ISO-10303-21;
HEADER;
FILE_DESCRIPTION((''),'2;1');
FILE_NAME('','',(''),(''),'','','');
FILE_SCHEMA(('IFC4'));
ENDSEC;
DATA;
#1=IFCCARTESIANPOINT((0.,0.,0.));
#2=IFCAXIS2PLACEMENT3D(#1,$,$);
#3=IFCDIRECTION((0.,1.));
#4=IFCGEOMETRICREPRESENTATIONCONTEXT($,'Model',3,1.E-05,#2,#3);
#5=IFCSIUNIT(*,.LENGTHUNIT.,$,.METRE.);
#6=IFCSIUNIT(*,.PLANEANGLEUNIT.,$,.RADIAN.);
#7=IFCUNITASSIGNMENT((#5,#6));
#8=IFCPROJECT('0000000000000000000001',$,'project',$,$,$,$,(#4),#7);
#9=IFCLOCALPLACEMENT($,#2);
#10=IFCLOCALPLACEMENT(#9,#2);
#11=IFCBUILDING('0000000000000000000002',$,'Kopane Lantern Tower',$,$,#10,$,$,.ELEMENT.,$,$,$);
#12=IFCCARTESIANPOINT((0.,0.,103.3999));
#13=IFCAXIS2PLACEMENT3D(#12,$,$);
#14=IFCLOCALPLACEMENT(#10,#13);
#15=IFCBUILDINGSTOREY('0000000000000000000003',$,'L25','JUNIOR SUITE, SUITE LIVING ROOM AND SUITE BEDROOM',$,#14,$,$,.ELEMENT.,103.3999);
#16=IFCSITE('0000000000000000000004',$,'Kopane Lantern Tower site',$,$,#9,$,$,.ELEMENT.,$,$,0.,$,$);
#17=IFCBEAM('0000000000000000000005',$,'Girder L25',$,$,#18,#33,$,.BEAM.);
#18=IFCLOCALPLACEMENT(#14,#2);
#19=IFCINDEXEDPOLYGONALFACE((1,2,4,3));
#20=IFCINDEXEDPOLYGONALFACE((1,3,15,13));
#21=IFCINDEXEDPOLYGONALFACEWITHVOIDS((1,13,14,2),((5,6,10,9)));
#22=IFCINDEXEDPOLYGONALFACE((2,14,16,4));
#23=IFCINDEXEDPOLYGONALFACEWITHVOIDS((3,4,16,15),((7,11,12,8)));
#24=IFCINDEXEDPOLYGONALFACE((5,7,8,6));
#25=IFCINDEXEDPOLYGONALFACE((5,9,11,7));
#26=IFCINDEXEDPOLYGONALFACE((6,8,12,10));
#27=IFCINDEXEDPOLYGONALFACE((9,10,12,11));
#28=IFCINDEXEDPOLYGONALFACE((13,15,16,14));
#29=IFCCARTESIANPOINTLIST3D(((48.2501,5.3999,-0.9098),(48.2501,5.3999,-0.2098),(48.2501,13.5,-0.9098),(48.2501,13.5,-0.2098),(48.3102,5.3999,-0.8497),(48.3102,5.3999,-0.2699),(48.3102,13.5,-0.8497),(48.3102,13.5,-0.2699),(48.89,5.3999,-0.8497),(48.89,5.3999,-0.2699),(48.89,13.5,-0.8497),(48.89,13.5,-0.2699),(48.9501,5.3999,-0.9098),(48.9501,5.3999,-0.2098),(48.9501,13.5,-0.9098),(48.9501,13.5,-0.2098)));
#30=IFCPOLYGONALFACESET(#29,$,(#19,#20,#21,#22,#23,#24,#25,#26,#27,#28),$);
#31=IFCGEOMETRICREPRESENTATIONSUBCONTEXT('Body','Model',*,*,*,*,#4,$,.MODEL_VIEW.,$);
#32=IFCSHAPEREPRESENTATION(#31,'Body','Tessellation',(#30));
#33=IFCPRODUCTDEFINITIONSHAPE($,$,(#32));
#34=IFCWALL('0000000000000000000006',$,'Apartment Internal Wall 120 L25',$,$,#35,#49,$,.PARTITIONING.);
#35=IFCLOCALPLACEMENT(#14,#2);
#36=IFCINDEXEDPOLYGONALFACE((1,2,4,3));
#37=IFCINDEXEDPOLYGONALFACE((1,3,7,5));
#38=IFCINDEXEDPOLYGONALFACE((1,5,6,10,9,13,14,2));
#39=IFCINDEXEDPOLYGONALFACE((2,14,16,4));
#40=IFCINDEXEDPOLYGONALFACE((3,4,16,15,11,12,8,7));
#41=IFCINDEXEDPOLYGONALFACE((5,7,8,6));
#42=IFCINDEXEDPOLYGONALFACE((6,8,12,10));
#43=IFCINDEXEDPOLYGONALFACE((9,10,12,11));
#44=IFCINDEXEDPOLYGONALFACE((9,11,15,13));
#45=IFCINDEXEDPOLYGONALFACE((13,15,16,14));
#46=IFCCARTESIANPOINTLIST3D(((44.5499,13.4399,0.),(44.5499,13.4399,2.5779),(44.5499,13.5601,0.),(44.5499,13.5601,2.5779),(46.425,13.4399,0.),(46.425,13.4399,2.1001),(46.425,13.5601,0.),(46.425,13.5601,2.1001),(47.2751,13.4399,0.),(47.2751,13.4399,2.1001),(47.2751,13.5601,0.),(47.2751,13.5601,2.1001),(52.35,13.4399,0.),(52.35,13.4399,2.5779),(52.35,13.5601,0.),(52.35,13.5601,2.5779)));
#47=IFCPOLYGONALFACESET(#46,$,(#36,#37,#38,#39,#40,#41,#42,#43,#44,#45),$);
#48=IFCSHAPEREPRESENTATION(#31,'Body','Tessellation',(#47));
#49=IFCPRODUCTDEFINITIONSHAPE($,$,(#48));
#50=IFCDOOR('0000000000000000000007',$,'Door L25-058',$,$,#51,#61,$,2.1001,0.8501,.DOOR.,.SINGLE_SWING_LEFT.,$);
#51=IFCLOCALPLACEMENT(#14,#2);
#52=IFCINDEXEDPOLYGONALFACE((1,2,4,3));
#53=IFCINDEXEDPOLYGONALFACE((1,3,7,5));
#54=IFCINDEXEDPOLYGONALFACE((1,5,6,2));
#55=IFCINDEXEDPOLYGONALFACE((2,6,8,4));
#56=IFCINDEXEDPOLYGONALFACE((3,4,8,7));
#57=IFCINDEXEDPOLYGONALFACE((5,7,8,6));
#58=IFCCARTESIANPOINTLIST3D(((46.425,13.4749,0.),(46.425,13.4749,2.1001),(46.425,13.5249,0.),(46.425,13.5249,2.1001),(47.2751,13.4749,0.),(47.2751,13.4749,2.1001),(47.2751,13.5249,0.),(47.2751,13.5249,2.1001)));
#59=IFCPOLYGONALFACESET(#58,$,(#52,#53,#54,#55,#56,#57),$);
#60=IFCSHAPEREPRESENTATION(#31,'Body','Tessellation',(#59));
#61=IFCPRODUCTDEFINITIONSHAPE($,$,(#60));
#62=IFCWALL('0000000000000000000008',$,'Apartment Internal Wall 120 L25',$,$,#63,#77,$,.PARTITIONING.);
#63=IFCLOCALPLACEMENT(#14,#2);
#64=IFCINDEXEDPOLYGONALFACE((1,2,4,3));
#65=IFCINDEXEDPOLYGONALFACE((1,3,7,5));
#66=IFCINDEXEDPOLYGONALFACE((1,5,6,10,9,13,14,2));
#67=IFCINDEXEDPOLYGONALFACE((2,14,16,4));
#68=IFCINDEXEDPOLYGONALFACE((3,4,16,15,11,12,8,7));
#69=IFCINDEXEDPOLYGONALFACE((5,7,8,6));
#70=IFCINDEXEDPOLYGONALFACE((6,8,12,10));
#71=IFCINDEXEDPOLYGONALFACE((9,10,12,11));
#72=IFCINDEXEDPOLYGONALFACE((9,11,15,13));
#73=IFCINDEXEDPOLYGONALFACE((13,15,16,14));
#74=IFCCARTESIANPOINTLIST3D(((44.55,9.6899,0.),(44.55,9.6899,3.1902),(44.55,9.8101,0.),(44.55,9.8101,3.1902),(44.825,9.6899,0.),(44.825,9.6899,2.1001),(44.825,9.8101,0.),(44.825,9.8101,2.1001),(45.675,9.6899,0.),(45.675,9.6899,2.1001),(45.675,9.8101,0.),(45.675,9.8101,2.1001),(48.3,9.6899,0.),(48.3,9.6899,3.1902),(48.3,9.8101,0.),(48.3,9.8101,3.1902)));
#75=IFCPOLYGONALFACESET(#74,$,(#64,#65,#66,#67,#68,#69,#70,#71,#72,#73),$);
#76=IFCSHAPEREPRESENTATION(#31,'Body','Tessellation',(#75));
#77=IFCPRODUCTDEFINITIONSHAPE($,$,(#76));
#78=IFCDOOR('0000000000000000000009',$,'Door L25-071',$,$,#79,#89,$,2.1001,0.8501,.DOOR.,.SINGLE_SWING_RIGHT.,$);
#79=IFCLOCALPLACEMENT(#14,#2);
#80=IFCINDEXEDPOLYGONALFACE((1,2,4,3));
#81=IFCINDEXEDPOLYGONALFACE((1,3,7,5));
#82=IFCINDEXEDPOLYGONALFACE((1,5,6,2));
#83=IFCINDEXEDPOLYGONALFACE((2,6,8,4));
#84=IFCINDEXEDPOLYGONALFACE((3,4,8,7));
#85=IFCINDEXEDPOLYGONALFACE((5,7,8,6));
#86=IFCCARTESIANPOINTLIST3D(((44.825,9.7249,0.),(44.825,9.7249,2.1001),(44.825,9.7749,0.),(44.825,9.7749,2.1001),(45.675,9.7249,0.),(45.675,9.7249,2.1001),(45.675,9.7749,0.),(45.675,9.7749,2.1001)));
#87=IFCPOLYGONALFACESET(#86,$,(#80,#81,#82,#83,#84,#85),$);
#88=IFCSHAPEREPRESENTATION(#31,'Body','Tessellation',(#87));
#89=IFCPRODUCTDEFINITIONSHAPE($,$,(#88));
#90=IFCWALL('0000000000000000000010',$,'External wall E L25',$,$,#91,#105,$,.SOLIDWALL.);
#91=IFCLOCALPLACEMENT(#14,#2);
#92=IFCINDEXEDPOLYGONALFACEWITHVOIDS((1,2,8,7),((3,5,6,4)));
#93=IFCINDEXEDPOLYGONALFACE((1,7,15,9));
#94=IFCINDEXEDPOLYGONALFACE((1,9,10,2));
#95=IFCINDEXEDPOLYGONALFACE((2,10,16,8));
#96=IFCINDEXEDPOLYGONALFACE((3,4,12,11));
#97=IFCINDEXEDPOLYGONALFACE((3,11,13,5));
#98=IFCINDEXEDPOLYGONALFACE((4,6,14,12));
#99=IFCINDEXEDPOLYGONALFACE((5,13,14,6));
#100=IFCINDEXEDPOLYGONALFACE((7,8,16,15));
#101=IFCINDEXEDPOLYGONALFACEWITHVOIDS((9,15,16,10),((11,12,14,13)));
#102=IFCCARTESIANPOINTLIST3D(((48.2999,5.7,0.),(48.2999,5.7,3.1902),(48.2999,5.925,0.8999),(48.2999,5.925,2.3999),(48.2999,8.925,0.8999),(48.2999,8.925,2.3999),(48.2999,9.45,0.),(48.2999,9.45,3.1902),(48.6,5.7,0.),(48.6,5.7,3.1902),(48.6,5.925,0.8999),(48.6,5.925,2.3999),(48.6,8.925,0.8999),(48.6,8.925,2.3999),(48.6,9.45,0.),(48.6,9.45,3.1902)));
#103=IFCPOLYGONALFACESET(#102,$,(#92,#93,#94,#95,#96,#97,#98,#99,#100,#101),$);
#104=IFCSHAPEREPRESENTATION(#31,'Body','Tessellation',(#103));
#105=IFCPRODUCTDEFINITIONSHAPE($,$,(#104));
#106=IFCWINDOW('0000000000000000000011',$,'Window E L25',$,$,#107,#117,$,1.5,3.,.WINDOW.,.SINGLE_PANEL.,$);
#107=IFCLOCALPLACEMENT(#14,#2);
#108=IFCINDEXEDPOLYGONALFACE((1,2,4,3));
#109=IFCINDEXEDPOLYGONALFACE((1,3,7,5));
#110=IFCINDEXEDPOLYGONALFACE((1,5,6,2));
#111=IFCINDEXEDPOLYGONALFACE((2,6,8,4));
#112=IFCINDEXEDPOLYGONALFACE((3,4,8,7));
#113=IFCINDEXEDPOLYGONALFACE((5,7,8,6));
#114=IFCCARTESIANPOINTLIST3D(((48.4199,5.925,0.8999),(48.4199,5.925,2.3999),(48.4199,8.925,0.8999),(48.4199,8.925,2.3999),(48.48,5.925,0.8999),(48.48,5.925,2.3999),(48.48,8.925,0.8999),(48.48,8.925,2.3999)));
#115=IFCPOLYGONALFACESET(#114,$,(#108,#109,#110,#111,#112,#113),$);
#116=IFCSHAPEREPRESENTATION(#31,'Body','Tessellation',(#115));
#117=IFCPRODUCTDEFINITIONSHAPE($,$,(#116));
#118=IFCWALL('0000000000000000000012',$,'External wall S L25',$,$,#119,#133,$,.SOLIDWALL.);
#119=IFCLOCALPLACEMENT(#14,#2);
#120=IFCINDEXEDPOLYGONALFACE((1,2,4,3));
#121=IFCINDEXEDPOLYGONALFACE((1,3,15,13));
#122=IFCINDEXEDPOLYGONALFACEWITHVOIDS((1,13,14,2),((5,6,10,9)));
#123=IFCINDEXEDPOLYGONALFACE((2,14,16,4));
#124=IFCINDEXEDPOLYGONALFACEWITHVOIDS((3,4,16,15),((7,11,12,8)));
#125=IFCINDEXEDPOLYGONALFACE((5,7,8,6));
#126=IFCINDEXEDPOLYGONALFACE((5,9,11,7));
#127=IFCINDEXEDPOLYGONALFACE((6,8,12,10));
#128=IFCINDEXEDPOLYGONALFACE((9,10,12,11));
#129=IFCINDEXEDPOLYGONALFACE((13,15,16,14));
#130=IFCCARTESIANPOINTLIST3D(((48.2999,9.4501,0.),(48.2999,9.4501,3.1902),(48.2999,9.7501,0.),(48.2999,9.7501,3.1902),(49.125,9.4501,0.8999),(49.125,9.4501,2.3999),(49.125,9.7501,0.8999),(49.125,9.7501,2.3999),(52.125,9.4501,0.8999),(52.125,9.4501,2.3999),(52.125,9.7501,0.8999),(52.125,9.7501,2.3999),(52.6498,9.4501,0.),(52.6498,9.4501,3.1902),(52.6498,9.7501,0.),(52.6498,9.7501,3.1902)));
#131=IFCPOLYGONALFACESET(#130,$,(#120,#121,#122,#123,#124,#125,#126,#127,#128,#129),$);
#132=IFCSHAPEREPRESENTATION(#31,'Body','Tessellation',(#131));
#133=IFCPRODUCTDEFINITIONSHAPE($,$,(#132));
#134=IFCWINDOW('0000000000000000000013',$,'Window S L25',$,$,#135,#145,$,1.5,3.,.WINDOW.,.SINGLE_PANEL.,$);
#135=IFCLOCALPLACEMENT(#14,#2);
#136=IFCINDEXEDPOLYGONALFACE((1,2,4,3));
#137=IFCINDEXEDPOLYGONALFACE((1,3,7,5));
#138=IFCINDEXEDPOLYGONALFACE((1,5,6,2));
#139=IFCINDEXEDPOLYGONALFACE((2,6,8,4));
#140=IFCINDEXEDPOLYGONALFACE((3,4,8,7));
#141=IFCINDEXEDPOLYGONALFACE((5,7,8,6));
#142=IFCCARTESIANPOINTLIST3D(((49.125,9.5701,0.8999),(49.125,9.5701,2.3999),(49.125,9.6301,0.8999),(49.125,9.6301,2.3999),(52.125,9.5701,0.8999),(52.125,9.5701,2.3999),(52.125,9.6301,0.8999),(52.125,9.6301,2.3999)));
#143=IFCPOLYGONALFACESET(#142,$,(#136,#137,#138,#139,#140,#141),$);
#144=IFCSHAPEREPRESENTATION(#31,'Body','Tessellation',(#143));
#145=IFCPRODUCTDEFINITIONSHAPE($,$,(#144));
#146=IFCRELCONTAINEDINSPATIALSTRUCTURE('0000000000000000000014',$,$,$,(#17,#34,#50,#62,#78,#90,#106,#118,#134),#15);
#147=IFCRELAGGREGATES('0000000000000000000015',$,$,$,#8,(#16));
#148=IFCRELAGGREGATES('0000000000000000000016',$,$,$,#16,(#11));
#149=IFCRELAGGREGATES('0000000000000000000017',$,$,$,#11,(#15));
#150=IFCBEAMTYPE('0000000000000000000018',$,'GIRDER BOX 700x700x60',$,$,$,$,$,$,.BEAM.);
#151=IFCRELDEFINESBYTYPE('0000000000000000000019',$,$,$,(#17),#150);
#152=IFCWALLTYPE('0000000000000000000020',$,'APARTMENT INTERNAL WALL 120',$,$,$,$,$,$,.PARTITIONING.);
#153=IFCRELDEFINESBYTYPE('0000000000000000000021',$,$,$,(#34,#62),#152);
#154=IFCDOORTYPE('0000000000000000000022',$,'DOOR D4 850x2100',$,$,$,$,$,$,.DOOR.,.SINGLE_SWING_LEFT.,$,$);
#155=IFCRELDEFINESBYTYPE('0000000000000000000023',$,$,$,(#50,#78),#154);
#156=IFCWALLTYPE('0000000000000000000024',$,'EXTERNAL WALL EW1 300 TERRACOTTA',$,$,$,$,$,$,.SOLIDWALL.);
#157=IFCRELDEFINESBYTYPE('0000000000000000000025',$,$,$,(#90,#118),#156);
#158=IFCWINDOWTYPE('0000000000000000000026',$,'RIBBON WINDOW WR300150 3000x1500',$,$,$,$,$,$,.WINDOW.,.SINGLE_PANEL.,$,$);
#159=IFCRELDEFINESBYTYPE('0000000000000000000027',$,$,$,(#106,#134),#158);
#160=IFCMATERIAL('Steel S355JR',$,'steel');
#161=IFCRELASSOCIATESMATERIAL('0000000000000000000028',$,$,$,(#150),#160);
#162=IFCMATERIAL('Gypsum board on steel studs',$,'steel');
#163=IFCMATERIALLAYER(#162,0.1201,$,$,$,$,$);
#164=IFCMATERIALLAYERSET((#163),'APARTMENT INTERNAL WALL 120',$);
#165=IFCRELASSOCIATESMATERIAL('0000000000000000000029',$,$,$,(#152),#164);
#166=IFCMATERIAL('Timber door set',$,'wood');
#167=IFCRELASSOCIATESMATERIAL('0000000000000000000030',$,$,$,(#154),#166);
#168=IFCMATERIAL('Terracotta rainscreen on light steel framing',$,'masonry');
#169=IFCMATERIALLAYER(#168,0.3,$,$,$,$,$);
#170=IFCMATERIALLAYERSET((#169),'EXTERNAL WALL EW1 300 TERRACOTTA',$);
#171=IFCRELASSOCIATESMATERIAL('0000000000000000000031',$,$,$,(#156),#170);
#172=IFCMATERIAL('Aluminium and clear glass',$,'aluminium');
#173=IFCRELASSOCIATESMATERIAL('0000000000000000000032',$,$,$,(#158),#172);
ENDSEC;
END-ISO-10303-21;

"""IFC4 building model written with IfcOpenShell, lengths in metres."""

from ifc_helpers import new_model, si_unit, direction, frame, frame_2d, origin, origin_2d, place, context, subcontext, project, spatial, rectangle, hollow_rectangle, extrude, material, layer, layer_set, material_profile, profile_set, type_object, element, fill, save


model = new_model("IFC4")

# Units and contexts
model_context = context("Model", 3, precision=1e-05, world=origin(), true_north=direction((0.0, 1.0)))
body_context = subcontext(model_context, "Body", "Model", "MODEL_VIEW")
ifc_project = project(units=[si_unit("LENGTHUNIT", "METRE"), si_unit("PLANEANGLEUNIT", "RADIAN")], contexts=[model_context])

# Site, building, storey
site_placement = place(None, origin())
site = spatial("IfcSite", under=ifc_project, at=site_placement, Name="Kopane Lantern Tower site", CompositionType="ELEMENT", RefElevation=0.0)
building_placement = place(site_placement, origin())
building = spatial("IfcBuilding", under=site, at=building_placement, Name="Kopane Lantern Tower", CompositionType="ELEMENT")
storey_placement = place(building_placement, frame((0.0, 0.0, 103.3999)))
storey = spatial("IfcBuildingStorey", under=building, at=storey_placement, Name="L25", Description="JUNIOR SUITE, SUITE LIVING ROOM AND SUITE BEDROOM", CompositionType="ELEMENT", Elevation=103.3999)

# Beam
ifc_material_1 = material(Name="Steel S355JR", Category="steel")
ifc_material_profile_1 = material_profile(ifc_material_1, hollow_rectangle(XDim=0.7, YDim=0.7, WallThickness=0.0601, at=origin_2d()), Name="BOX 700x700x60")
ifc_profile_set_1 = profile_set([ifc_material_profile_1], Name="Steel S355JR")
beam_type_1 = type_object("IfcBeamType", Name="GIRDER BOX 700x700x60", PredefinedType="BEAM", material=ifc_profile_set_1)
beam_1_placement = place(storey_placement, frame((48.6001, 5.3999, -0.5598), z_axis=(0.0, 1.0, 0.0), x_axis=(-1.0, 0.0, 0.0)))
element("IfcBeam", 1, at=beam_1_placement, inside=storey, type_object=beam_type_1, Name="Girder L25", PredefinedType="BEAM", context=body_context, shape_type="SweptSolid", body=[
    extrude(hollow_rectangle(XDim=0.7, YDim=0.7, WallThickness=0.0601, at=origin_2d()), origin(), (0.0, 0.0, 1.0), 8.1001),
])

# Walls, openings, doors
ifc_material_2 = material(Name="Gypsum board on steel studs", Category="steel")
ifc_layer_1 = layer(ifc_material_2, 0.1201)
ifc_layer_set_1 = layer_set([ifc_layer_1], Name="APARTMENT INTERNAL WALL 120")
wall_type_1 = type_object("IfcWallType", Name="APARTMENT INTERNAL WALL 120", PredefinedType="PARTITIONING", material=ifc_layer_set_1)
wall_1_placement = place(storey_placement, frame((44.55, 13.5, 0.0), z_axis=(0.0, 0.0, 1.0), x_axis=(1.0, 0.0, 0.0)))
wall_1 = element("IfcWall", 2, at=wall_1_placement, inside=storey, type_object=wall_type_1, Name="Apartment Internal Wall 120 L25", PredefinedType="PARTITIONING", context=body_context, shape_type="SweptSolid", body=[
    extrude(rectangle(XDim=7.8, YDim=0.1201, at=frame_2d((3.8999, 0.0))), origin(), (0.0, 0.0, 1.0), 2.5779),
])
opening_1_placement = place(wall_1_placement, frame((1.875, 0.0, 0.0)))
opening_1 = element("IfcOpeningElement", 3, at=opening_1_placement, cuts=wall_1, PredefinedType="OPENING", context=body_context, shape_type="SweptSolid", body=[
    extrude(rectangle(XDim=0.8501, YDim=2.1001, at=frame_2d((0.425, 1.05))), frame((0.0, 0.0701, 0.0), z_axis=(0.0, -1.0, 0.0), x_axis=(1.0, 0.0, 0.0)), (0.0, 0.0, 1.0), 0.1401),
])
ifc_material_3 = material(Name="Timber door set", Category="wood")
door_type = type_object("IfcDoorType", Name="DOOR D4 850x2100", OperationType="SINGLE_SWING_LEFT", PredefinedType="DOOR", material=ifc_material_3)
door_1_placement = place(opening_1_placement, origin())
door_1 = element("IfcDoor", 4, at=door_1_placement, inside=storey, type_object=door_type, Name="Door L25-058", OperationType="SINGLE_SWING_LEFT", OverallHeight=2.1001, OverallWidth=0.8501, PredefinedType="DOOR", context=body_context, shape_type="SweptSolid", body=[
    extrude(rectangle(XDim=0.8501, YDim=2.1001, at=frame_2d((0.425, 1.05))), frame((0.0, 0.0249, 0.0), z_axis=(0.0, -1.0, 0.0), x_axis=(1.0, 0.0, 0.0)), (0.0, 0.0, 1.0), 0.05),
])
fill(opening_1, door_1)
wall_2_placement = place(storey_placement, frame((44.55, 9.75, 0.0), z_axis=(0.0, 0.0, 1.0), x_axis=(1.0, 0.0, 0.0)))
wall_2 = element("IfcWall", 5, at=wall_2_placement, inside=storey, type_object=wall_type_1, Name="Apartment Internal Wall 120 L25", PredefinedType="PARTITIONING", context=body_context, shape_type="SweptSolid", body=[
    extrude(rectangle(XDim=3.75, YDim=0.1201, at=frame_2d((1.875, 0.0))), origin(), (0.0, 0.0, 1.0), 3.1902),
])
opening_2_placement = place(wall_2_placement, frame((0.2749, 0.0, 0.0)))
opening_2 = element("IfcOpeningElement", 6, at=opening_2_placement, cuts=wall_2, PredefinedType="OPENING", context=body_context, shape_type="SweptSolid", body=[
    extrude(rectangle(XDim=0.8501, YDim=2.1001, at=frame_2d((0.425, 1.05))), frame((0.0, 0.0701, 0.0), z_axis=(0.0, -1.0, 0.0), x_axis=(1.0, 0.0, 0.0)), (0.0, 0.0, 1.0), 0.1401),
])
door_2_placement = place(opening_2_placement, origin())
door_2 = element("IfcDoor", 7, at=door_2_placement, inside=storey, type_object=door_type, Name="Door L25-071", OperationType="SINGLE_SWING_RIGHT", OverallHeight=2.1001, OverallWidth=0.8501, PredefinedType="DOOR", context=body_context, shape_type="SweptSolid", body=[
    extrude(rectangle(XDim=0.8501, YDim=2.1001, at=frame_2d((0.425, 1.05))), frame((0.0, 0.0249, 0.0), z_axis=(0.0, -1.0, 0.0), x_axis=(1.0, 0.0, 0.0)), (0.0, 0.0, 1.0), 0.05),
])
fill(opening_2, door_2)

# Walls, openings, windows
ifc_material_4 = material(Name="Terracotta rainscreen on light steel framing", Category="masonry")
ifc_layer_2 = layer(ifc_material_4, 0.3)
ifc_layer_set_2 = layer_set([ifc_layer_2], Name="EXTERNAL WALL EW1 300 TERRACOTTA")
wall_type_2 = type_object("IfcWallType", Name="EXTERNAL WALL EW1 300 TERRACOTTA", PredefinedType="SOLIDWALL", material=ifc_layer_set_2)
wall_3_placement = place(storey_placement, frame((48.45, 5.7, 0.0), z_axis=(0.0, 0.0, 1.0), x_axis=(0.0, 1.0, 0.0)))
wall_3 = element("IfcWall", 8, at=wall_3_placement, inside=storey, type_object=wall_type_2, Name="External wall E L25", PredefinedType="SOLIDWALL", context=body_context, shape_type="SweptSolid", body=[
    extrude(rectangle(XDim=3.75, YDim=0.3, at=frame_2d((1.875, 0.0))), origin(), (0.0, 0.0, 1.0), 3.1902),
])
opening_3_placement = place(wall_3_placement, frame((0.2251, 0.0, 0.8999)))
opening_3 = element("IfcOpeningElement", 9, at=opening_3_placement, cuts=wall_3, PredefinedType="OPENING", context=body_context, shape_type="SweptSolid", body=[
    extrude(rectangle(XDim=3.0, YDim=1.5, at=frame_2d((1.5, 0.75))), frame((0.0, 0.1599, 0.0), z_axis=(0.0, -1.0, 0.0), x_axis=(1.0, 0.0, 0.0)), (0.0, 0.0, 1.0), 0.3201),
])
ifc_material_5 = material(Name="Aluminium and clear glass", Category="aluminium")
window_type = type_object("IfcWindowType", Name="RIBBON WINDOW WR300150 3000x1500", PartitioningType="SINGLE_PANEL", PredefinedType="WINDOW", material=ifc_material_5)
window_1_placement = place(opening_3_placement, origin())
window_1 = element("IfcWindow", 10, at=window_1_placement, inside=storey, type_object=window_type, Name="Window E L25", OverallHeight=1.5, OverallWidth=3.0, PartitioningType="SINGLE_PANEL", PredefinedType="WINDOW", context=body_context, shape_type="SweptSolid", body=[
    extrude(rectangle(XDim=3.0, YDim=1.5, at=frame_2d((1.5, 0.75))), frame((0.0, 0.03, 0.0), z_axis=(0.0, -1.0, 0.0), x_axis=(1.0, 0.0, 0.0)), (0.0, 0.0, 1.0), 0.0601),
])
fill(opening_3, window_1)
wall_4_placement = place(storey_placement, frame((48.3, 9.6001, 0.0), z_axis=(0.0, 0.0, 1.0), x_axis=(1.0, 0.0, 0.0)))
wall_4 = element("IfcWall", 11, at=wall_4_placement, inside=storey, type_object=wall_type_2, Name="External wall S L25", PredefinedType="SOLIDWALL", context=body_context, shape_type="SweptSolid", body=[
    extrude(rectangle(XDim=4.3499, YDim=0.3, at=frame_2d((2.1748, 0.0))), origin(), (0.0, 0.0, 1.0), 3.1902),
])
opening_4_placement = place(wall_4_placement, frame((0.825, 0.0, 0.8999)))
opening_4 = element("IfcOpeningElement", 12, at=opening_4_placement, cuts=wall_4, PredefinedType="OPENING", context=body_context, shape_type="SweptSolid", body=[
    extrude(rectangle(XDim=3.0, YDim=1.5, at=frame_2d((1.5, 0.75))), frame((0.0, 0.1599, 0.0), z_axis=(0.0, -1.0, 0.0), x_axis=(1.0, 0.0, 0.0)), (0.0, 0.0, 1.0), 0.3201),
])
window_2_placement = place(opening_4_placement, origin())
window_2 = element("IfcWindow", 13, at=window_2_placement, inside=storey, type_object=window_type, Name="Window S L25", OverallHeight=1.5, OverallWidth=3.0, PartitioningType="SINGLE_PANEL", PredefinedType="WINDOW", context=body_context, shape_type="SweptSolid", body=[
    extrude(rectangle(XDim=3.0, YDim=1.5, at=frame_2d((1.5, 0.75))), frame((0.0, 0.03, 0.0), z_axis=(0.0, -1.0, 0.0), x_axis=(1.0, 0.0, 0.0)), (0.0, 0.0, 1.0), 0.0601),
])
fill(opening_4, window_2)

save(model, "model.ifc")
